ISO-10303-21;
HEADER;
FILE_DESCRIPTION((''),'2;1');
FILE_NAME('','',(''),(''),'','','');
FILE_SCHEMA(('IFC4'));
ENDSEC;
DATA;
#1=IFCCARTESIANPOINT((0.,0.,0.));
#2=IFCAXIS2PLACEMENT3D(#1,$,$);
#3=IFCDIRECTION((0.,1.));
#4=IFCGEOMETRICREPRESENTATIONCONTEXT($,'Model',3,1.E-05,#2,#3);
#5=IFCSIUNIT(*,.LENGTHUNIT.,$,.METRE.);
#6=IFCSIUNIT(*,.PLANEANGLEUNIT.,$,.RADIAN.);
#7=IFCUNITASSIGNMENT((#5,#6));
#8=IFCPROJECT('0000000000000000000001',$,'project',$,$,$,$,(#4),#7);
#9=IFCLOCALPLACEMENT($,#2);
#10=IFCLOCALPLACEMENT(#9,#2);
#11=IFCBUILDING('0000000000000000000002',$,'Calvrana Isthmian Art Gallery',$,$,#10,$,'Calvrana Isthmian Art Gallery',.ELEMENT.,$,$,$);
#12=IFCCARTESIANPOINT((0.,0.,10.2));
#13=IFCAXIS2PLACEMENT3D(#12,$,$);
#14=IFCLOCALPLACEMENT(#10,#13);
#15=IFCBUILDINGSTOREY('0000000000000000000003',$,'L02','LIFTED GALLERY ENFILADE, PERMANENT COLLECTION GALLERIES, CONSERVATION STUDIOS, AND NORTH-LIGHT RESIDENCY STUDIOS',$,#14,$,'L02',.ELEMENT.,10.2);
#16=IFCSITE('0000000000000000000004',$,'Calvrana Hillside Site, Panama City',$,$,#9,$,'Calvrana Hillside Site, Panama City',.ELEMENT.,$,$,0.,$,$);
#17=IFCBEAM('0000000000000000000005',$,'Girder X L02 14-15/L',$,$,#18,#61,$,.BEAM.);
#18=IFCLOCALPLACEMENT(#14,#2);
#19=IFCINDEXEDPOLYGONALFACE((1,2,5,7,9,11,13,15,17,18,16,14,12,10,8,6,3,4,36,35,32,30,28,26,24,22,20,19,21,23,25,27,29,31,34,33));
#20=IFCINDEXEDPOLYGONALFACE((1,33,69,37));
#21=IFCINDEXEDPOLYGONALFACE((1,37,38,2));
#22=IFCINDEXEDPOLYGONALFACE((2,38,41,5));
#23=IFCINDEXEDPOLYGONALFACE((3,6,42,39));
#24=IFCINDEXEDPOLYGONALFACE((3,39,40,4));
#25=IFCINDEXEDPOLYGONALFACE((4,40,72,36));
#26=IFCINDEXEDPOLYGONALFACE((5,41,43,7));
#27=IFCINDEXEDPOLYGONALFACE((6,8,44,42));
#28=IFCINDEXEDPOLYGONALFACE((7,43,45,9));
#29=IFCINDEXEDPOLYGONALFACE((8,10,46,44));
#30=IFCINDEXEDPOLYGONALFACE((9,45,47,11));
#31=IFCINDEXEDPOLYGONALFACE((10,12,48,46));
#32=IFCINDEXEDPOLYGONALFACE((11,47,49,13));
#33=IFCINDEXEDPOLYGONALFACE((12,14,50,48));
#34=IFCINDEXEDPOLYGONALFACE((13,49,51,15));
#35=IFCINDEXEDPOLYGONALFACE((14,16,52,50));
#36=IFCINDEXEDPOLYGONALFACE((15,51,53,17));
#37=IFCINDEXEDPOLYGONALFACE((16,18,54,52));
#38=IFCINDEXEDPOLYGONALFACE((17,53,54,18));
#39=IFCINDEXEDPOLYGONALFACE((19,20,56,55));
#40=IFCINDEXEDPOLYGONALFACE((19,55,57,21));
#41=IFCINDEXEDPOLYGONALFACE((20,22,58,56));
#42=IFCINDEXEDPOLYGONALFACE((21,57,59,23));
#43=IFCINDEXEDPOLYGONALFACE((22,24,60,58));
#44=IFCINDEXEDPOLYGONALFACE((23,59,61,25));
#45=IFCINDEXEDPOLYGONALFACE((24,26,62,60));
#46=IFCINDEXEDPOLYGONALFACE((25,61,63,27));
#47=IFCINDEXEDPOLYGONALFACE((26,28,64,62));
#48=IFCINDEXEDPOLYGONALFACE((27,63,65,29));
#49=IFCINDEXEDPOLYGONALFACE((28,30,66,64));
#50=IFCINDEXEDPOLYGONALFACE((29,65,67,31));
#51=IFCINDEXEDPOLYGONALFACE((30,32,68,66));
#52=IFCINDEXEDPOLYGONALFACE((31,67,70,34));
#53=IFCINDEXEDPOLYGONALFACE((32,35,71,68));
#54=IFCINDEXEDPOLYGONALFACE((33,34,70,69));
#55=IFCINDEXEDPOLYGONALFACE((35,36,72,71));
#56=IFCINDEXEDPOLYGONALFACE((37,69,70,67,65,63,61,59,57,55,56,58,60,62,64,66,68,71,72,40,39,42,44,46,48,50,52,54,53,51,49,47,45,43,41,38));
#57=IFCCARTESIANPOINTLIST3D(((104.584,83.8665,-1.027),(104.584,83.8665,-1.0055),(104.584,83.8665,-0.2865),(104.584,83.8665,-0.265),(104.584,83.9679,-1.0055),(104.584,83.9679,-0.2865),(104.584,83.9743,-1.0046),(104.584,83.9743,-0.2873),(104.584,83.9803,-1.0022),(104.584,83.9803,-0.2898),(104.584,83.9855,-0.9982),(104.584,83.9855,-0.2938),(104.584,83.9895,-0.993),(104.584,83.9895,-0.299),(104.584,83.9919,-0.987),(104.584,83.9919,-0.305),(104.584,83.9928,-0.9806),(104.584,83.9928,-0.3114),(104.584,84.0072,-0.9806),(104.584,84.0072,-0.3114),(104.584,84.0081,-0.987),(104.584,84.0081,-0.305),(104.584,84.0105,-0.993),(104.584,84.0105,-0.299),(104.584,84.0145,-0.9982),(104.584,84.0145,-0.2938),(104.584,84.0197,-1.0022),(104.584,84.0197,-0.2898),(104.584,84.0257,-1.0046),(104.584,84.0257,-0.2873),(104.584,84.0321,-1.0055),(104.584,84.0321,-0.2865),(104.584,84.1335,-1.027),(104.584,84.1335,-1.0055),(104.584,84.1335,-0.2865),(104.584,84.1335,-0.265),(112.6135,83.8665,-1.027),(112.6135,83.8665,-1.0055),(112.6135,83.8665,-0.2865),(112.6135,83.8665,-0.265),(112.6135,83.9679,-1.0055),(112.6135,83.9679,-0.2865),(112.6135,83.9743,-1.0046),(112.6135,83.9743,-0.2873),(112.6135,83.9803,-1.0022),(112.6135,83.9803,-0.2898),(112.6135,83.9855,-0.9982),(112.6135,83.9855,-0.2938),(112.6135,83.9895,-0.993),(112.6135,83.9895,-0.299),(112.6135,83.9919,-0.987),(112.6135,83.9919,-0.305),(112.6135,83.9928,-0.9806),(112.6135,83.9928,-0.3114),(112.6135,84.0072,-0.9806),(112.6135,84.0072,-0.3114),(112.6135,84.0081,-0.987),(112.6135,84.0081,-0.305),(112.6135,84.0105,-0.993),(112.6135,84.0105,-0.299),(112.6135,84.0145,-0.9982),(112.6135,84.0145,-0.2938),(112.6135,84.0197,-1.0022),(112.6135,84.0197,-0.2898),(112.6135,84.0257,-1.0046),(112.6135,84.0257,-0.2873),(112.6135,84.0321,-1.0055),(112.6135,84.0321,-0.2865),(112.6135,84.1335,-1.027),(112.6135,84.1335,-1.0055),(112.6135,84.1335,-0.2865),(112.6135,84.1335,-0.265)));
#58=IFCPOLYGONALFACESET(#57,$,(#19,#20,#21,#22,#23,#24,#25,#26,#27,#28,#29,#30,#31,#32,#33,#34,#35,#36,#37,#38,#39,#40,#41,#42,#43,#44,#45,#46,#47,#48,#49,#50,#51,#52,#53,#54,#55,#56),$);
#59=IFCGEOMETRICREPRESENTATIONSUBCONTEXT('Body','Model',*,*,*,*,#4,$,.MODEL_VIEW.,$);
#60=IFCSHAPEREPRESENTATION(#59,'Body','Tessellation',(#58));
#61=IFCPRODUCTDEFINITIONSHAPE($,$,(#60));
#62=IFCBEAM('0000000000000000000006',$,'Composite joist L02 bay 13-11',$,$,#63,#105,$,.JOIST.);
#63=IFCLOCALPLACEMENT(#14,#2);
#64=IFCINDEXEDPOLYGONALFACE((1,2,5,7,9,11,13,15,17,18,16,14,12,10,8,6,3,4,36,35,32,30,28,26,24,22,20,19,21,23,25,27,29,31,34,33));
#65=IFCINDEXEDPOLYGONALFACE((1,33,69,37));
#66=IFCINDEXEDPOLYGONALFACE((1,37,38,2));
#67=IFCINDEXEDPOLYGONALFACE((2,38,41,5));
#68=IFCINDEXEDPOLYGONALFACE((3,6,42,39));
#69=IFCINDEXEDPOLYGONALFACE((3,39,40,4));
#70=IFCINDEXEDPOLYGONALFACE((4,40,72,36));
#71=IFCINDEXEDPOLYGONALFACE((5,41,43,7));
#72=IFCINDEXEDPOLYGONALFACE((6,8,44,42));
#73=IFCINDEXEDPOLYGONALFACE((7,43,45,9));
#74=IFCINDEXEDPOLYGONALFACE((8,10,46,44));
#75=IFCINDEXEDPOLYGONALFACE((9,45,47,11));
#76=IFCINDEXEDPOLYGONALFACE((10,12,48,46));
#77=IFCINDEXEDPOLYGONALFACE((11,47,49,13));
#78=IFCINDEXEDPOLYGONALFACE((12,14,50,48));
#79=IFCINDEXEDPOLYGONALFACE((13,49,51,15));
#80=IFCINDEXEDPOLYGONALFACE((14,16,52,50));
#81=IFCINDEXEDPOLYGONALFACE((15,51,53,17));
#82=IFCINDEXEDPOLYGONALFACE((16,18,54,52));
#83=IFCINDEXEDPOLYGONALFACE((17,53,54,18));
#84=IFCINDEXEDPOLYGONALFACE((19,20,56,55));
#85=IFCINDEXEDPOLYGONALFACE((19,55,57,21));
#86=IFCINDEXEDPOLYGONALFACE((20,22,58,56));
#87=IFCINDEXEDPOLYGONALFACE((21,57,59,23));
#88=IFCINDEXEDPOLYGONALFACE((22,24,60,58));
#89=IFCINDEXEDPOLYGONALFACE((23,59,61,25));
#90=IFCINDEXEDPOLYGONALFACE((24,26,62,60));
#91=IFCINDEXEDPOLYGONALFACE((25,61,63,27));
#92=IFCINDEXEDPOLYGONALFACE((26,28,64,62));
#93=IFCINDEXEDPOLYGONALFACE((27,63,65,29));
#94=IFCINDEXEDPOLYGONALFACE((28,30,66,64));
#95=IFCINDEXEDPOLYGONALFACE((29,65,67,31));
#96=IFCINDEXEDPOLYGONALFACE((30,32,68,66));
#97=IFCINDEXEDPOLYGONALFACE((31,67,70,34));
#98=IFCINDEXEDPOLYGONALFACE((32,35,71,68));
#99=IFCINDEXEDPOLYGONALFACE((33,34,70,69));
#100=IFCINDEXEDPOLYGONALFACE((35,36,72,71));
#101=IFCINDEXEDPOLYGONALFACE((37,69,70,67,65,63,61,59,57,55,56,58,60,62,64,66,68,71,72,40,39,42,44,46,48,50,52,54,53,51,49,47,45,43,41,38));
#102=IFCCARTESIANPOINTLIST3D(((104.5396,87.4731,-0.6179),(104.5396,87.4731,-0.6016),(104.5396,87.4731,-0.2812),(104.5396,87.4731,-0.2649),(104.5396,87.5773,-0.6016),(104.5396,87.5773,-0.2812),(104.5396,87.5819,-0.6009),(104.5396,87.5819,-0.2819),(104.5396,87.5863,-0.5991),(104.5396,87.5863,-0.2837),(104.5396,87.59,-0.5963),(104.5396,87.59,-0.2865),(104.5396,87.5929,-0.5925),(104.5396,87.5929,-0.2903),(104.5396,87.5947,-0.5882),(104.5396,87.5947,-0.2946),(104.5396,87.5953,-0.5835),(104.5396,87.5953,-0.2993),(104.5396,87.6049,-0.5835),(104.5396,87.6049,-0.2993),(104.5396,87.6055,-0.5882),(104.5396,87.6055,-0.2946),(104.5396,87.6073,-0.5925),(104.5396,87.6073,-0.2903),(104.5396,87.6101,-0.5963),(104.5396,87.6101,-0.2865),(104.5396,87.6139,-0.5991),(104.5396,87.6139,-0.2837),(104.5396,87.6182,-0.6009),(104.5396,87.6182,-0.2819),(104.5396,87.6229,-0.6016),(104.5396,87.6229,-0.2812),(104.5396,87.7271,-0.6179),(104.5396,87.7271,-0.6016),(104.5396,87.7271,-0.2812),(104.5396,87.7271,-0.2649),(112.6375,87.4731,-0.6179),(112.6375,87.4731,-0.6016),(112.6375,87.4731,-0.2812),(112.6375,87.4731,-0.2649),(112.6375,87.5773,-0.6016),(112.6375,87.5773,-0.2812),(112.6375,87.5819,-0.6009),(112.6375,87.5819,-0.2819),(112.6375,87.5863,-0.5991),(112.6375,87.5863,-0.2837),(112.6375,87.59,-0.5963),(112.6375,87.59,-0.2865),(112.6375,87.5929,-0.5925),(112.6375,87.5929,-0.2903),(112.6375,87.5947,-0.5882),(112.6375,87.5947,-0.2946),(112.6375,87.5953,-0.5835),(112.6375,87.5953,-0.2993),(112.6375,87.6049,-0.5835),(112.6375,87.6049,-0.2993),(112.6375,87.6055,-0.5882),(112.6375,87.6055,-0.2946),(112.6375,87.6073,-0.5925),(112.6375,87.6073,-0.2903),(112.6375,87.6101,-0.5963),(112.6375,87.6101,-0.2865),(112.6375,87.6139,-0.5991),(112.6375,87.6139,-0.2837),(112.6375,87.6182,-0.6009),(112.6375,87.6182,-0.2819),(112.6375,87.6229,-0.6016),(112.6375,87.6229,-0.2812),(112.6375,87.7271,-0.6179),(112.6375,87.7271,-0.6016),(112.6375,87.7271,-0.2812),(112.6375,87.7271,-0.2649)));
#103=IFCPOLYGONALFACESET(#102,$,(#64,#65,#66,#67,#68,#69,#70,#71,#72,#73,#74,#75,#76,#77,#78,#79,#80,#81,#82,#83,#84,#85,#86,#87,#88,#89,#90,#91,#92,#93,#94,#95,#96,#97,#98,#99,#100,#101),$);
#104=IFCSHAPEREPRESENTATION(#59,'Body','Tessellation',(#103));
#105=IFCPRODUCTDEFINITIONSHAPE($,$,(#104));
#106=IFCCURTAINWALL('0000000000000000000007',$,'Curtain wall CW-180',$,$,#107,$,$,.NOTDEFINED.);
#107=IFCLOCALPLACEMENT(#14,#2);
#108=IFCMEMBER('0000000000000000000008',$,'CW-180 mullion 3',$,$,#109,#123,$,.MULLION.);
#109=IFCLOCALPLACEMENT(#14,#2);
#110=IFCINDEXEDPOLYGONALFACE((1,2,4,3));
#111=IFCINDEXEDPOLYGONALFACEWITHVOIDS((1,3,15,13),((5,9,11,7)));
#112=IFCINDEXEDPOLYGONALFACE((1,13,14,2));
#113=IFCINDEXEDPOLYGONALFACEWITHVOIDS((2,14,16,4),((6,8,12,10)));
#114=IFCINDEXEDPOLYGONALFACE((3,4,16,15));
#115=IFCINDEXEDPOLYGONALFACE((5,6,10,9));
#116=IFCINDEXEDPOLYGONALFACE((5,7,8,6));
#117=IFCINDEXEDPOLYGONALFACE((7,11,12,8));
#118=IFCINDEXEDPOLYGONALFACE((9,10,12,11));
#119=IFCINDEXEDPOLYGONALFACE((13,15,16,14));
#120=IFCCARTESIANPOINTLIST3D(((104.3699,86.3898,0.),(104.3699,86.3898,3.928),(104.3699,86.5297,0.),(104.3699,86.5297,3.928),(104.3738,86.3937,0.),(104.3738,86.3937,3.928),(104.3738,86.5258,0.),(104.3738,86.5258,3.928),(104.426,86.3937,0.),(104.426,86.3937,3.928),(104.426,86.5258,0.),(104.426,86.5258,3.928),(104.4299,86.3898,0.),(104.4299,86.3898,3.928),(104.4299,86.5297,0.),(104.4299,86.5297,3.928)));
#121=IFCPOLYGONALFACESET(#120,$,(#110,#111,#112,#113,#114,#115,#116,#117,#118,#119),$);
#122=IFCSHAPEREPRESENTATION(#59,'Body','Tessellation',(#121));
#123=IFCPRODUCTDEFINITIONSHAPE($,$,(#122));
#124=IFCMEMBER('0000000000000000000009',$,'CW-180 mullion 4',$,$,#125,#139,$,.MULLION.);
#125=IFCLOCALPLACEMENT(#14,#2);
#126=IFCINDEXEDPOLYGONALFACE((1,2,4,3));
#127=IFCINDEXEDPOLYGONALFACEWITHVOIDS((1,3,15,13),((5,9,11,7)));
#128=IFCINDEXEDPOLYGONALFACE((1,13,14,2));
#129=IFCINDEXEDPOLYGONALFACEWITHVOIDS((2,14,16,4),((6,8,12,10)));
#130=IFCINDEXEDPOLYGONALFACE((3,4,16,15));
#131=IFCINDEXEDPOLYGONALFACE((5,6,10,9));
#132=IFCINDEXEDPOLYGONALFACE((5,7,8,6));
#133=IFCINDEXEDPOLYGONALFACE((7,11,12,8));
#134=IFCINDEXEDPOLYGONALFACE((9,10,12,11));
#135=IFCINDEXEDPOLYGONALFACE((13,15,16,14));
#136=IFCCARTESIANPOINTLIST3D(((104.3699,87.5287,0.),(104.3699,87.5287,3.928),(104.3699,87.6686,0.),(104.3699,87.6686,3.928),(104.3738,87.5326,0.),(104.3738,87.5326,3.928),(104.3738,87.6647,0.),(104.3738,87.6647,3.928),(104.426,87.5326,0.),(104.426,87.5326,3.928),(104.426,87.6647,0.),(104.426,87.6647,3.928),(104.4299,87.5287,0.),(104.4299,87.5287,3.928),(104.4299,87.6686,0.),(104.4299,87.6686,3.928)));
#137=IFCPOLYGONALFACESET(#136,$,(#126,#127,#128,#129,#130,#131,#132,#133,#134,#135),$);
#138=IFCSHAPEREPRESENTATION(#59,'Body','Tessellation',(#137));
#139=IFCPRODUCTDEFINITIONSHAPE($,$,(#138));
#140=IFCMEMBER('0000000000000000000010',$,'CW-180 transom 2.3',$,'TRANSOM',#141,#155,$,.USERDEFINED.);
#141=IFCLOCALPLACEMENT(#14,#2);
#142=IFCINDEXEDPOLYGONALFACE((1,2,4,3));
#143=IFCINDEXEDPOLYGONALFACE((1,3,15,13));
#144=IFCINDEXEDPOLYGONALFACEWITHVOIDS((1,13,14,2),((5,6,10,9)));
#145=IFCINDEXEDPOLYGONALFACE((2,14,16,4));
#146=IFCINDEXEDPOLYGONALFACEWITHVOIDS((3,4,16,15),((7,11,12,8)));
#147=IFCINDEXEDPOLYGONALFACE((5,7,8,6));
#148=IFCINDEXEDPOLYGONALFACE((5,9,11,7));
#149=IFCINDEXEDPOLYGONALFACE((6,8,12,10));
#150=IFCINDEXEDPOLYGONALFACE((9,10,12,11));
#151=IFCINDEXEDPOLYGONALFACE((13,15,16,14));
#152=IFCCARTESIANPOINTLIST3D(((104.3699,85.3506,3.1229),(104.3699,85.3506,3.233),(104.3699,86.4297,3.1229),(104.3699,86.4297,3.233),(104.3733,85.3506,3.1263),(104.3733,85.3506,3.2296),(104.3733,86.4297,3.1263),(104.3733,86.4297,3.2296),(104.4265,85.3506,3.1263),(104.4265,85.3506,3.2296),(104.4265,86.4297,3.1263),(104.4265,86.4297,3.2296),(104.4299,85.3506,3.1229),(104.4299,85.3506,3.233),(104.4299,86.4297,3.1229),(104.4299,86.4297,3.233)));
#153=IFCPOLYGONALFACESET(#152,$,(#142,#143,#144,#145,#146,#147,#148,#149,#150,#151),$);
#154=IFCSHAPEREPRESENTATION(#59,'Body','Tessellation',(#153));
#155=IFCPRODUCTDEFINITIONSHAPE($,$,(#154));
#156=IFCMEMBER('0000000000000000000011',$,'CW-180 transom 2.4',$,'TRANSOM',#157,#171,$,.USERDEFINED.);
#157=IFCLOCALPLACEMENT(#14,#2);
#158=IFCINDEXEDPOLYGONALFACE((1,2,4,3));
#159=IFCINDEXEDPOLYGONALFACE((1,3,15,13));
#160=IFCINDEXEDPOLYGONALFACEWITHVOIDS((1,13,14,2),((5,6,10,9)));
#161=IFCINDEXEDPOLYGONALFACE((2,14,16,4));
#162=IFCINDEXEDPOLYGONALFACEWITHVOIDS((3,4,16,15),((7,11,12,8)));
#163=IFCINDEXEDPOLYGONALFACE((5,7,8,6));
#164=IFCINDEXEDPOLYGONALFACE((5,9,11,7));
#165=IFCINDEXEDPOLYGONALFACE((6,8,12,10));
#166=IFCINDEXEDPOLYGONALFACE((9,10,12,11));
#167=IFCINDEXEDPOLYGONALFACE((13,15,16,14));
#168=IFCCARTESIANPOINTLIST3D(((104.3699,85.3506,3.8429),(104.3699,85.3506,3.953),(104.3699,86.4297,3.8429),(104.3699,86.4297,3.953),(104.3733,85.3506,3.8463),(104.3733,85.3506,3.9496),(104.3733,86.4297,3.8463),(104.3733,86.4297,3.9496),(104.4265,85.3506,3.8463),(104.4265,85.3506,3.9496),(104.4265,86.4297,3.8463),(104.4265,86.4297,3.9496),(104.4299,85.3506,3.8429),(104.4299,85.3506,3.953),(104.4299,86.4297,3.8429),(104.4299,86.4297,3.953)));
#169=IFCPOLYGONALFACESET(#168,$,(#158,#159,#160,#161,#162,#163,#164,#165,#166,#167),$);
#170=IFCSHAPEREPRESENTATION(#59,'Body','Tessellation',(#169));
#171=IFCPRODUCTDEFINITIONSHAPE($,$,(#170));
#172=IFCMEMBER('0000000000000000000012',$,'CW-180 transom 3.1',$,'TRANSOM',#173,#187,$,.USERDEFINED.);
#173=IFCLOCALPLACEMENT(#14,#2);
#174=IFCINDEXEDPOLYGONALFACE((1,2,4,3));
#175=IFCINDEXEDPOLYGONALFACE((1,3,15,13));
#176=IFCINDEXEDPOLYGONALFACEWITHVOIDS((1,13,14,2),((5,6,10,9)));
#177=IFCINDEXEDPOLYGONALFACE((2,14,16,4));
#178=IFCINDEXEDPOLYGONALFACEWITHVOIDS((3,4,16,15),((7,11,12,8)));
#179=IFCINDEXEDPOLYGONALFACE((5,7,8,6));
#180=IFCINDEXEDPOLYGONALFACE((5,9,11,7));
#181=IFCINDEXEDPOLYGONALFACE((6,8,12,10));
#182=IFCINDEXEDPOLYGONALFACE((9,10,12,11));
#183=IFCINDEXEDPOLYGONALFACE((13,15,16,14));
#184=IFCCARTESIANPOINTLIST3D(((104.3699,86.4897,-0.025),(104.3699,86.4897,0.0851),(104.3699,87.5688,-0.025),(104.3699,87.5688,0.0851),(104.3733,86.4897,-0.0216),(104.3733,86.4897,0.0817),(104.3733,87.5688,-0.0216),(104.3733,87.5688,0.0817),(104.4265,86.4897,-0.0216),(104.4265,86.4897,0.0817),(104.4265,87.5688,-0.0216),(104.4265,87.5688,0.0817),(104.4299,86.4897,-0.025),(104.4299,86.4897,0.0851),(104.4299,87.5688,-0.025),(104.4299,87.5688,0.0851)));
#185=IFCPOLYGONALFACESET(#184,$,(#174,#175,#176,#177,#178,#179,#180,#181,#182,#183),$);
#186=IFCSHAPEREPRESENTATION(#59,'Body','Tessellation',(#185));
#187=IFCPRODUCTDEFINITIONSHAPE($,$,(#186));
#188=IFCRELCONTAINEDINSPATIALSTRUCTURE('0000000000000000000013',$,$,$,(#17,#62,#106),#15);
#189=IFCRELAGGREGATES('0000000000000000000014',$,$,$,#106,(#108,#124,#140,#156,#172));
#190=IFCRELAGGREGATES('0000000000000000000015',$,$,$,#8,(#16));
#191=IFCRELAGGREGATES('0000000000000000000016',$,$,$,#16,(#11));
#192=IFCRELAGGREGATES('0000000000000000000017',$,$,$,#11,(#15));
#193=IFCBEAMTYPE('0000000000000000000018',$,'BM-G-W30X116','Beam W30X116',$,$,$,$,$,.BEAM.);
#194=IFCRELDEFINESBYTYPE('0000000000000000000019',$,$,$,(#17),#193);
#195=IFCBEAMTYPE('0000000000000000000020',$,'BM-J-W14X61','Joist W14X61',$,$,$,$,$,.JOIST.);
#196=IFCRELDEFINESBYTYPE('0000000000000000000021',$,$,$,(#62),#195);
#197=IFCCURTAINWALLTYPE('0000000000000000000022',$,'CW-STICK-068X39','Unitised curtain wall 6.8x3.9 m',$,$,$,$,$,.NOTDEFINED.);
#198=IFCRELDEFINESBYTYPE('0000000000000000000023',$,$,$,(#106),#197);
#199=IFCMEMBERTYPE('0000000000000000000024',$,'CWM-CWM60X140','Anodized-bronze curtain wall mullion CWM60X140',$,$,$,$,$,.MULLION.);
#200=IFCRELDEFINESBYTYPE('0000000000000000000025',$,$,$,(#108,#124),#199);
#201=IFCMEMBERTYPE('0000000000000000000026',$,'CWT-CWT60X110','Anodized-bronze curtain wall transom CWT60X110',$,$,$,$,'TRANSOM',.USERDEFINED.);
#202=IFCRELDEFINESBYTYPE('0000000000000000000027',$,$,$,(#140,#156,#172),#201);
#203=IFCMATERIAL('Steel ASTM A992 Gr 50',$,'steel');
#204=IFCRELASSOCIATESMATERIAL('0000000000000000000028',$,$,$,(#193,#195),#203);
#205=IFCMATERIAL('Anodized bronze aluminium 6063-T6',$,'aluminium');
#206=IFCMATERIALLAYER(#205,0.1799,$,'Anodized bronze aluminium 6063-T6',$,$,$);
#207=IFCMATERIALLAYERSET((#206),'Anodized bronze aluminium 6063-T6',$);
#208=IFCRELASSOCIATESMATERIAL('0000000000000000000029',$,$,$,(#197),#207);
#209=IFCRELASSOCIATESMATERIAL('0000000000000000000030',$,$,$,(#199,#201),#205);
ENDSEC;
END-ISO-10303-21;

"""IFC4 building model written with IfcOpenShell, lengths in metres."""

from ifc_helpers import new_model, si_unit, direction, frame, origin, origin_2d, place, context, subcontext, project, spatial, hollow_rectangle, i_section, extrude, material, layer, layer_set, material_profile, profile_set, type_object, element, aggregate, save


model = new_model("IFC4")

# Units and contexts
model_context = context("Model", 3, precision=1e-05, world=origin(), true_north=direction((0.0, 1.0)))
body_context = subcontext(model_context, "Body", "Model", "MODEL_VIEW")
ifc_project = project(units=[si_unit("LENGTHUNIT", "METRE"), si_unit("PLANEANGLEUNIT", "RADIAN")], contexts=[model_context])

# Site, building, storey
site_placement = place(None, origin())
site = spatial("IfcSite", under=ifc_project, at=site_placement, Name="Calvrana Hillside Site, Panama City", LongName="Calvrana Hillside Site, Panama City", CompositionType="ELEMENT", RefElevation=0.0)
building_placement = place(site_placement, origin())
building = spatial("IfcBuilding", under=site, at=building_placement, Name="Calvrana Isthmian Art Gallery", LongName="Calvrana Isthmian Art Gallery", CompositionType="ELEMENT")
storey_placement = place(building_placement, frame((0.0, 0.0, 10.2)))
storey = spatial("IfcBuildingStorey", under=building, at=storey_placement, Name="L02", Description="LIFTED GALLERY ENFILADE, PERMANENT COLLECTION GALLERIES, CONSERVATION STUDIOS, AND NORTH-LIGHT RESIDENCY STUDIOS", LongName="L02", CompositionType="ELEMENT", Elevation=10.2)

# Shared definitions
ifc_material_1 = material(Name="Steel ASTM A992 Gr 50", Category="steel")

# Beams
ifc_material_profile_1 = material_profile(ifc_material_1, i_section(OverallWidth=0.2671, OverallDepth=0.762, WebThickness=0.0144, FlangeThickness=0.0215, FilletRadius=0.0249, at=origin_2d()), Name="W30X116")
ifc_profile_set_1 = profile_set([ifc_material_profile_1], Name="Steel ASTM A992 Gr 50")
beam_type_1 = type_object("IfcBeamType", Name="BM-G-W30X116", Description="Beam W30X116", PredefinedType="BEAM", material=ifc_profile_set_1)
beam_1_placement = place(storey_placement, frame((104.584, 84.0, -0.646), z_axis=(1.0, 0.0, 0.0), x_axis=(0.0, 1.0, 0.0)))
element("IfcBeam", 1, at=beam_1_placement, inside=storey, type_object=beam_type_1, Name="Girder X L02 14-15/L", PredefinedType="BEAM", context=body_context, shape_type="SweptSolid", body=[
    extrude(i_section(OverallWidth=0.2671, OverallDepth=0.762, WebThickness=0.0144, FlangeThickness=0.0215, FilletRadius=0.0249, at=origin_2d()), origin(), (0.0, 0.0, 1.0), 8.0295),
])
ifc_material_profile_2 = material_profile(ifc_material_1, i_section(OverallWidth=0.2539, OverallDepth=0.353, WebThickness=0.0095, FlangeThickness=0.0164, FilletRadius=0.0181, at=origin_2d()), Name="W14X61")
ifc_profile_set_2 = profile_set([ifc_material_profile_2], Name="Steel ASTM A992 Gr 50")
beam_type_2 = type_object("IfcBeamType", Name="BM-J-W14X61", Description="Joist W14X61", PredefinedType="JOIST", material=ifc_profile_set_2)
beam_2_placement = place(storey_placement, frame((104.5396, 87.6001, -0.4414), z_axis=(1.0, 0.0, 0.0), x_axis=(0.0, 1.0, 0.0)))
element("IfcBeam", 2, at=beam_2_placement, inside=storey, type_object=beam_type_2, Name="Composite joist L02 bay 13-11", PredefinedType="JOIST", context=body_context, shape_type="SweptSolid", body=[
    extrude(i_section(OverallWidth=0.2539, OverallDepth=0.353, WebThickness=0.0095, FlangeThickness=0.0164, FilletRadius=0.0181, at=origin_2d()), origin(), (0.0, 0.0, 1.0), 8.0979),
])

# Curtain wall, members
ifc_material_2 = material(Name="Anodized bronze aluminium 6063-T6", Category="aluminium")
ifc_layer_1 = layer(ifc_material_2, 0.1799, Name="Anodized bronze aluminium 6063-T6")
ifc_layer_set_1 = layer_set([ifc_layer_1], Name="Anodized bronze aluminium 6063-T6")
curtain_wall_type = type_object("IfcCurtainWallType", Name="CW-STICK-068X39", Description="Unitised curtain wall 6.8x3.9 m", PredefinedType="NOTDEFINED", material=ifc_layer_set_1)
curtain_wall_placement = place(storey_placement, origin())
curtain_wall = element("IfcCurtainWall", 3, at=curtain_wall_placement, inside=storey, type_object=curtain_wall_type, Name="Curtain wall CW-180", PredefinedType="NOTDEFINED")
ifc_material_profile_3 = material_profile(ifc_material_2, hollow_rectangle(XDim=0.0601, YDim=0.1399, WallThickness=0.0039, at=origin_2d()), Name="CWM60X140")
ifc_profile_set_3 = profile_set([ifc_material_profile_3], Name="Anodized bronze aluminium 6063-T6")
member_type_1 = type_object("IfcMemberType", Name="CWM-CWM60X140", Description="Anodized-bronze curtain wall mullion CWM60X140", PredefinedType="MULLION", material=ifc_profile_set_3)
member_1_placement = place(storey_placement, frame((104.3999, 86.4597, 0.0), z_axis=(0.0, 0.0, 1.0), x_axis=(-1.0, 0.0, 0.0)))
member_1 = element("IfcMember", 4, at=member_1_placement, type_object=member_type_1, Name="CW-180 mullion 3", PredefinedType="MULLION", context=body_context, shape_type="SweptSolid", body=[
    extrude(hollow_rectangle(XDim=0.0601, YDim=0.1399, WallThickness=0.0039, at=origin_2d()), origin(), (0.0, 0.0, 1.0), 3.928),
])
member_2_placement = place(storey_placement, frame((104.3999, 87.5986, 0.0), z_axis=(0.0, 0.0, 1.0), x_axis=(-1.0, 0.0, 0.0)))
member_2 = element("IfcMember", 5, at=member_2_placement, type_object=member_type_1, Name="CW-180 mullion 4", PredefinedType="MULLION", context=body_context, shape_type="SweptSolid", body=[
    extrude(hollow_rectangle(XDim=0.0601, YDim=0.1399, WallThickness=0.0039, at=origin_2d()), origin(), (0.0, 0.0, 1.0), 3.928),
])
ifc_material_profile_4 = material_profile(ifc_material_2, hollow_rectangle(XDim=0.0601, YDim=0.1101, WallThickness=0.0034, at=origin_2d()), Name="CWT60X110")
ifc_profile_set_4 = profile_set([ifc_material_profile_4], Name="Anodized bronze aluminium 6063-T6")
member_type_2 = type_object("IfcMemberType", Name="CWT-CWT60X110", Description="Anodized-bronze curtain wall transom CWT60X110", ElementType="TRANSOM", PredefinedType="USERDEFINED", material=ifc_profile_set_4)
member_3_placement = place(storey_placement, frame((104.3999, 85.3506, 3.178), z_axis=(0.0, 1.0, 0.0), x_axis=(-1.0, 0.0, 0.0)))
member_3 = element("IfcMember", 6, at=member_3_placement, type_object=member_type_2, Name="CW-180 transom 2.3", ObjectType="TRANSOM", PredefinedType="USERDEFINED", context=body_context, shape_type="SweptSolid", body=[
    extrude(hollow_rectangle(XDim=0.0601, YDim=0.1101, WallThickness=0.0034, at=origin_2d()), origin(), (0.0, 0.0, 1.0), 1.0791),
])
member_4_placement = place(storey_placement, frame((104.3999, 85.3506, 3.8979), z_axis=(0.0, 1.0, 0.0), x_axis=(-1.0, 0.0, 0.0)))
member_4 = element("IfcMember", 7, at=member_4_placement, type_object=member_type_2, Name="CW-180 transom 2.4", ObjectType="TRANSOM", PredefinedType="USERDEFINED", context=body_context, shape_type="SweptSolid", body=[
    extrude(hollow_rectangle(XDim=0.0601, YDim=0.1101, WallThickness=0.0034, at=origin_2d()), origin(), (0.0, 0.0, 1.0), 1.0791),
])
member_5_placement = place(storey_placement, frame((104.3999, 86.4897, 0.03), z_axis=(0.0, 1.0, 0.0), x_axis=(-1.0, 0.0, 0.0)))
member_5 = element("IfcMember", 8, at=member_5_placement, type_object=member_type_2, Name="CW-180 transom 3.1", ObjectType="TRANSOM", PredefinedType="USERDEFINED", context=body_context, shape_type="SweptSolid", body=[
    extrude(hollow_rectangle(XDim=0.0601, YDim=0.1101, WallThickness=0.0034, at=origin_2d()), origin(), (0.0, 0.0, 1.0), 1.0791),
])
aggregate(curtain_wall, [member_1, member_2, member_3, member_4, member_5])

save(model, "model.ifc")
